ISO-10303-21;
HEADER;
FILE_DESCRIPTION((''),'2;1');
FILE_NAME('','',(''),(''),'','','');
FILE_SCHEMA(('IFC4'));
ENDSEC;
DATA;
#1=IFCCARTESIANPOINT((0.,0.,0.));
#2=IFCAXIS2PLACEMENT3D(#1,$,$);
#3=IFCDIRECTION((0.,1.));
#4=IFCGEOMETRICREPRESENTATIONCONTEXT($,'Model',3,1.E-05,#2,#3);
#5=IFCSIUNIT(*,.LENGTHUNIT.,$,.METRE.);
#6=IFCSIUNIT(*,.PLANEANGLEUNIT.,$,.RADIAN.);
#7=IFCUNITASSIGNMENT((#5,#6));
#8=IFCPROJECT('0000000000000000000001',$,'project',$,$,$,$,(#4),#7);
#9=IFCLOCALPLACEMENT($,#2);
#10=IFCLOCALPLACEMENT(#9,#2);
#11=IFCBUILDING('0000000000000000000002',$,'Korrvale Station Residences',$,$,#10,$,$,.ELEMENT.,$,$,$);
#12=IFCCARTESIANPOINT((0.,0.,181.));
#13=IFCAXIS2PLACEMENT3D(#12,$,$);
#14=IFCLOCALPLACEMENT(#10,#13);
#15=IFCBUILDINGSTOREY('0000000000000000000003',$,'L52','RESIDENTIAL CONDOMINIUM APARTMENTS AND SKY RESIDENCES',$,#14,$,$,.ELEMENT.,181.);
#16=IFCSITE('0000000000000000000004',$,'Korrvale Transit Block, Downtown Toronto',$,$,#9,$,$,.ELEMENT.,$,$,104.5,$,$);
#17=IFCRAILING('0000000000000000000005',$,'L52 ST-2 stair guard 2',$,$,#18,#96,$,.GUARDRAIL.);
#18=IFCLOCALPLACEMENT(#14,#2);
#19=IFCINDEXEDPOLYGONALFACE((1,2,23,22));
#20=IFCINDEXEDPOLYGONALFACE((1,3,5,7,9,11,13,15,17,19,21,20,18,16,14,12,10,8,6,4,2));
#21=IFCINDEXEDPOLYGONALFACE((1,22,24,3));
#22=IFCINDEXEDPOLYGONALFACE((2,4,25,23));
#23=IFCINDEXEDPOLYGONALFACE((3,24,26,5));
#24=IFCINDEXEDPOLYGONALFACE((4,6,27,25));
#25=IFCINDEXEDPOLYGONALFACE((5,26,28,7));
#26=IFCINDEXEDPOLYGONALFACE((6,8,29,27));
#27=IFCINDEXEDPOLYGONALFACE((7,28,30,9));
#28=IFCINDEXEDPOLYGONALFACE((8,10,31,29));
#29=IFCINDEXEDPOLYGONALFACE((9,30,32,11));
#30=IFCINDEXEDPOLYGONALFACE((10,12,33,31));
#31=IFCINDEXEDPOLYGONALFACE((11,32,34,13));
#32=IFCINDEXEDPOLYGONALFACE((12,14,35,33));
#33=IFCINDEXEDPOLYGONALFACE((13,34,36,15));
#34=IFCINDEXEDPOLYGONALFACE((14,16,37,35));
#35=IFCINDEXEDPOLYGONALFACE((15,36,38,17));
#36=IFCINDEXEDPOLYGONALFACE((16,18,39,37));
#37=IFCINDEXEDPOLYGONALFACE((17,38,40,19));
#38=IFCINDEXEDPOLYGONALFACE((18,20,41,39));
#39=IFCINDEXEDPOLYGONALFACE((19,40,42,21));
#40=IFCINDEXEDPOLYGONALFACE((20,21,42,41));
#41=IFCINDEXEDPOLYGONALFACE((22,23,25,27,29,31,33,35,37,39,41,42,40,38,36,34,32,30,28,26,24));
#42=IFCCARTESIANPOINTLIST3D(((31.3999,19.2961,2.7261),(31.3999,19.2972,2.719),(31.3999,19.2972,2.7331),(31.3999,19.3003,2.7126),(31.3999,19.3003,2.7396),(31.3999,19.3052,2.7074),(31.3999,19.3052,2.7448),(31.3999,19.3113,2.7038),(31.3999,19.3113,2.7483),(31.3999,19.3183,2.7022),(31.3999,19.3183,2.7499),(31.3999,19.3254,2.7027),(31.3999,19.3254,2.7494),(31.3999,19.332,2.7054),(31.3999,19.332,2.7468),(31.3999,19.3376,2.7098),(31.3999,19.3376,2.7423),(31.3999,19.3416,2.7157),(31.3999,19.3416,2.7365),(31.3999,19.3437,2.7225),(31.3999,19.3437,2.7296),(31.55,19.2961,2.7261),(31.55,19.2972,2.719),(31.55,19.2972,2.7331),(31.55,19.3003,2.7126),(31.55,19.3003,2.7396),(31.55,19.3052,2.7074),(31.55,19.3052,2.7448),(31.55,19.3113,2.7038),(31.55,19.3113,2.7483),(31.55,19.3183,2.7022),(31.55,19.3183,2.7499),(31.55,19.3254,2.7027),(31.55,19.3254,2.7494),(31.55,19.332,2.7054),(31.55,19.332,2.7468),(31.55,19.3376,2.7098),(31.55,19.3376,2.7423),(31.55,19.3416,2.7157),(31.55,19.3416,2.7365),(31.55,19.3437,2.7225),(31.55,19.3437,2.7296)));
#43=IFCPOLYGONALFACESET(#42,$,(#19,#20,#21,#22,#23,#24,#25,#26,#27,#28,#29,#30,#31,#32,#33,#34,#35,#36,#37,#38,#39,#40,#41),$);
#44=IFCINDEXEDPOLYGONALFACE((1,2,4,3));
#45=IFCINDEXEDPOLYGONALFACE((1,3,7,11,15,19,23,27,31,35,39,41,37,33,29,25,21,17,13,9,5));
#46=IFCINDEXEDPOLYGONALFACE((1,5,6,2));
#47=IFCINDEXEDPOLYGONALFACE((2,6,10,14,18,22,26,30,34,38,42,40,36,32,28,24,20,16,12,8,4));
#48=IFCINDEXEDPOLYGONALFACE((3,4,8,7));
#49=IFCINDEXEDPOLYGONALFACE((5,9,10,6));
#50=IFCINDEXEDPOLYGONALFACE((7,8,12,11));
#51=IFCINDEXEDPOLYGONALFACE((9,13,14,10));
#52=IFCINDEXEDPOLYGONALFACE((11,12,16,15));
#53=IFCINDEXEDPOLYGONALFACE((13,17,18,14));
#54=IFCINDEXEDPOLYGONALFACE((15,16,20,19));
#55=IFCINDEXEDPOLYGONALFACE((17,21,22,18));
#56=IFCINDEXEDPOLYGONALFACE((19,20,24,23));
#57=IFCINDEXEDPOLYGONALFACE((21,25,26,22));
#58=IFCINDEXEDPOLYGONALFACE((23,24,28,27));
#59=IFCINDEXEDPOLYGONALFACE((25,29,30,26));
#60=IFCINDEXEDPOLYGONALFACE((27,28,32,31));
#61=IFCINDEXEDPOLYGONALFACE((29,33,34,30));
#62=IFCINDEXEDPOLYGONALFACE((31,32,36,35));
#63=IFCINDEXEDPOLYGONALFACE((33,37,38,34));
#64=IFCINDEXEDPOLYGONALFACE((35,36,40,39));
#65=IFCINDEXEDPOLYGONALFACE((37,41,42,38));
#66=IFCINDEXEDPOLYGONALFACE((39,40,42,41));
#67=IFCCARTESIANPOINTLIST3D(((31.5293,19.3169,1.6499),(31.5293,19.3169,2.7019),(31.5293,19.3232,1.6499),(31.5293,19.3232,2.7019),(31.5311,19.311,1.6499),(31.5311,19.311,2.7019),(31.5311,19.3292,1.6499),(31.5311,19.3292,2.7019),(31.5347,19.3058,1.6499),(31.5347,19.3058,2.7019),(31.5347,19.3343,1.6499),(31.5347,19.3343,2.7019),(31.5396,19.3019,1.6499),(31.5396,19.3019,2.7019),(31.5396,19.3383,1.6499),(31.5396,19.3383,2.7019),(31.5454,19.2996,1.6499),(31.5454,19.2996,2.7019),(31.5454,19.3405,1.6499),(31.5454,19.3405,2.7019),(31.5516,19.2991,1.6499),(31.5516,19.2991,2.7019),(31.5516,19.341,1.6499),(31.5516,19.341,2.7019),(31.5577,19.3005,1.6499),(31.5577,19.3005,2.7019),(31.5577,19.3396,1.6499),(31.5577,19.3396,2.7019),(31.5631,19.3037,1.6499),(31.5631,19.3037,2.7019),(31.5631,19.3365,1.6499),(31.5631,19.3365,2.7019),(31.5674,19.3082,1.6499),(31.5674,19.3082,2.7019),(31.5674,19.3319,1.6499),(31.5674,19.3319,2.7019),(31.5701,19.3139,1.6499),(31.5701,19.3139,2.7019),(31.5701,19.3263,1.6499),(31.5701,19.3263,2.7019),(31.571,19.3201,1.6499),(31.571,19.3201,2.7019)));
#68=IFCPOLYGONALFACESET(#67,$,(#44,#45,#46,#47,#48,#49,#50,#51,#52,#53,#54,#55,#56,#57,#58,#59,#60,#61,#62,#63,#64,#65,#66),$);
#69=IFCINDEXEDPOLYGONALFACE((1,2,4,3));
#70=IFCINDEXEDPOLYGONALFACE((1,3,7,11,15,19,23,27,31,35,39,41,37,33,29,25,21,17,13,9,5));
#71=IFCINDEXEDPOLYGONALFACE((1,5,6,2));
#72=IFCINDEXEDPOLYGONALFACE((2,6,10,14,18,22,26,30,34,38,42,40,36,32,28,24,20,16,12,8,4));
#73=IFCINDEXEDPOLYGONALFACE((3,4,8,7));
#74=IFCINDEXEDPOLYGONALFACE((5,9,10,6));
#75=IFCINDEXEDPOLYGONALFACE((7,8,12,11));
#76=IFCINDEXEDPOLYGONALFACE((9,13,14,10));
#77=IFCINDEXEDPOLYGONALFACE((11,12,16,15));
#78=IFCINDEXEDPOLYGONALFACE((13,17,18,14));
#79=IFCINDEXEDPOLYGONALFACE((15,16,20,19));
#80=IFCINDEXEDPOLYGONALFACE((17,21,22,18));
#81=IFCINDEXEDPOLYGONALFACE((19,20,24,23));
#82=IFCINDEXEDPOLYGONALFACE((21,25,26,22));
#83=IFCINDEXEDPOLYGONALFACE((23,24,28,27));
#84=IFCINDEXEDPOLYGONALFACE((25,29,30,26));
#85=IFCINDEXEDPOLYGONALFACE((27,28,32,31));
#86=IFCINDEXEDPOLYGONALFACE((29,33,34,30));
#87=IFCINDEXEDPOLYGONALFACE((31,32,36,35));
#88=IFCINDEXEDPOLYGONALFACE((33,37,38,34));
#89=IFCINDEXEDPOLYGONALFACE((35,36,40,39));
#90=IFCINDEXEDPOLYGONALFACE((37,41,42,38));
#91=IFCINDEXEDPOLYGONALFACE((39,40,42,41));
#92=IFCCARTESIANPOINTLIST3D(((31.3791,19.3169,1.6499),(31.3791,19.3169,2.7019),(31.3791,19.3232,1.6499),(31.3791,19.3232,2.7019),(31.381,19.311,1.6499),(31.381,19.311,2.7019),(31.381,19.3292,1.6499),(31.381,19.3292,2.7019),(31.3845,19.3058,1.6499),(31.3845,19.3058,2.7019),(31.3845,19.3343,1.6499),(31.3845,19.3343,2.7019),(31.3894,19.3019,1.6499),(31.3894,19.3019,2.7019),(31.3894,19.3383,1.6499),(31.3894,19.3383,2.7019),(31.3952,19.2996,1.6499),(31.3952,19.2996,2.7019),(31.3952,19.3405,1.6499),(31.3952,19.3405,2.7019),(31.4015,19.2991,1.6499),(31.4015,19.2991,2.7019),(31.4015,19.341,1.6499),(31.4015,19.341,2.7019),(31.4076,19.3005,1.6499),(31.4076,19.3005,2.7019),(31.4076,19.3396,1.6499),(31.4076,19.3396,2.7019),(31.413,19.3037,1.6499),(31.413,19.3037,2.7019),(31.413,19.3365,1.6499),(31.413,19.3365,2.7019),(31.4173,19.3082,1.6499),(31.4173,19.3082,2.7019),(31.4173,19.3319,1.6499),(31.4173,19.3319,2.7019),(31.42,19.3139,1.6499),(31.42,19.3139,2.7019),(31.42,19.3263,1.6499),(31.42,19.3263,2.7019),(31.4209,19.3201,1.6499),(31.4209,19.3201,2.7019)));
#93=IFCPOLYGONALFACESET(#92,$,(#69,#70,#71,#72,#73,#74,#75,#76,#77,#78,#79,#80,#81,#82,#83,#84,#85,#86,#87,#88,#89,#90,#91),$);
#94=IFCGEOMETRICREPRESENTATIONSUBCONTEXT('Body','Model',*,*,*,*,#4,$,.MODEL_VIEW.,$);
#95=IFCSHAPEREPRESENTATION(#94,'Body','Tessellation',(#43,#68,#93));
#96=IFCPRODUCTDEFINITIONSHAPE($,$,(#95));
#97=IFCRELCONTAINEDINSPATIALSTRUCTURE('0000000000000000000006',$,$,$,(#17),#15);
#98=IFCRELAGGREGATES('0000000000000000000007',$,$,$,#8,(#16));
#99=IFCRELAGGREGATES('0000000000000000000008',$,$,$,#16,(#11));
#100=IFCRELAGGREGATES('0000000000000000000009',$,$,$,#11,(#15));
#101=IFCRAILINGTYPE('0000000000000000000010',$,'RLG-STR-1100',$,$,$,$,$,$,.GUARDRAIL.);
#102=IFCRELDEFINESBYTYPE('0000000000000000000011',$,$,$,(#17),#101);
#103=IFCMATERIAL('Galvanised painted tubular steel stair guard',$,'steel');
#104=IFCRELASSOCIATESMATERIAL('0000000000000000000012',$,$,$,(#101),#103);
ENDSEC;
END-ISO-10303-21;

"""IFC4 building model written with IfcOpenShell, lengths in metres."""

from ifc_helpers import new_model, si_unit, direction, frame, origin, origin_2d, place, context, subcontext, project, spatial, circle, extrude, material, type_object, element, save


model = new_model("IFC4")

# Units and contexts
model_context = context("Model", 3, precision=1e-05, world=origin(), true_north=direction((0.0, 1.0)))
body_context = subcontext(model_context, "Body", "Model", "MODEL_VIEW")
ifc_project = project(units=[si_unit("LENGTHUNIT", "METRE"), si_unit("PLANEANGLEUNIT", "RADIAN")], contexts=[model_context])

# Site, building, storey
site_placement = place(None, origin())
site = spatial("IfcSite", under=ifc_project, at=site_placement, Name="Korrvale Transit Block, Downtown Toronto", CompositionType="ELEMENT", RefElevation=104.5)
building_placement = place(site_placement, origin())
building = spatial("IfcBuilding", under=site, at=building_placement, Name="Korrvale Station Residences", CompositionType="ELEMENT")
storey_placement = place(building_placement, frame((0.0, 0.0, 181.0)))
storey = spatial("IfcBuildingStorey", under=building, at=storey_placement, Name="L52", Description="RESIDENTIAL CONDOMINIUM APARTMENTS AND SKY RESIDENCES", CompositionType="ELEMENT", Elevation=181.0)

# Railing
ifc_material_1 = material(Name="Galvanised painted tubular steel stair guard", Category="steel")
railing_type_1 = type_object("IfcRailingType", Name="RLG-STR-1100", PredefinedType="GUARDRAIL", material=ifc_material_1)
railing_1_placement = place(storey_placement, frame((31.55, 19.3201, 1.6499)))
element("IfcRailing", 1, at=railing_1_placement, inside=storey, type_object=railing_type_1, Name="L52 ST-2 stair guard 2", PredefinedType="GUARDRAIL", context=body_context, shape_type="SweptSolid", body=[
    extrude(circle(Radius=0.0239, at=origin_2d()), frame((0.0, 0.0, 1.0762), z_axis=(-1.0, 0.0, 0.0), x_axis=(0.0, -1.0, 0.0)), (0.0, 0.0, 1.0), 0.1501),
    extrude(circle(Radius=0.021, at=origin_2d()), origin(), (0.0, 0.0, 1.0), 1.052),
    extrude(circle(Radius=0.021, at=origin_2d()), frame((-0.1501, 0.0, 0.0)), (0.0, 0.0, 1.0), 1.052),
])

save(model, "model.ifc")
